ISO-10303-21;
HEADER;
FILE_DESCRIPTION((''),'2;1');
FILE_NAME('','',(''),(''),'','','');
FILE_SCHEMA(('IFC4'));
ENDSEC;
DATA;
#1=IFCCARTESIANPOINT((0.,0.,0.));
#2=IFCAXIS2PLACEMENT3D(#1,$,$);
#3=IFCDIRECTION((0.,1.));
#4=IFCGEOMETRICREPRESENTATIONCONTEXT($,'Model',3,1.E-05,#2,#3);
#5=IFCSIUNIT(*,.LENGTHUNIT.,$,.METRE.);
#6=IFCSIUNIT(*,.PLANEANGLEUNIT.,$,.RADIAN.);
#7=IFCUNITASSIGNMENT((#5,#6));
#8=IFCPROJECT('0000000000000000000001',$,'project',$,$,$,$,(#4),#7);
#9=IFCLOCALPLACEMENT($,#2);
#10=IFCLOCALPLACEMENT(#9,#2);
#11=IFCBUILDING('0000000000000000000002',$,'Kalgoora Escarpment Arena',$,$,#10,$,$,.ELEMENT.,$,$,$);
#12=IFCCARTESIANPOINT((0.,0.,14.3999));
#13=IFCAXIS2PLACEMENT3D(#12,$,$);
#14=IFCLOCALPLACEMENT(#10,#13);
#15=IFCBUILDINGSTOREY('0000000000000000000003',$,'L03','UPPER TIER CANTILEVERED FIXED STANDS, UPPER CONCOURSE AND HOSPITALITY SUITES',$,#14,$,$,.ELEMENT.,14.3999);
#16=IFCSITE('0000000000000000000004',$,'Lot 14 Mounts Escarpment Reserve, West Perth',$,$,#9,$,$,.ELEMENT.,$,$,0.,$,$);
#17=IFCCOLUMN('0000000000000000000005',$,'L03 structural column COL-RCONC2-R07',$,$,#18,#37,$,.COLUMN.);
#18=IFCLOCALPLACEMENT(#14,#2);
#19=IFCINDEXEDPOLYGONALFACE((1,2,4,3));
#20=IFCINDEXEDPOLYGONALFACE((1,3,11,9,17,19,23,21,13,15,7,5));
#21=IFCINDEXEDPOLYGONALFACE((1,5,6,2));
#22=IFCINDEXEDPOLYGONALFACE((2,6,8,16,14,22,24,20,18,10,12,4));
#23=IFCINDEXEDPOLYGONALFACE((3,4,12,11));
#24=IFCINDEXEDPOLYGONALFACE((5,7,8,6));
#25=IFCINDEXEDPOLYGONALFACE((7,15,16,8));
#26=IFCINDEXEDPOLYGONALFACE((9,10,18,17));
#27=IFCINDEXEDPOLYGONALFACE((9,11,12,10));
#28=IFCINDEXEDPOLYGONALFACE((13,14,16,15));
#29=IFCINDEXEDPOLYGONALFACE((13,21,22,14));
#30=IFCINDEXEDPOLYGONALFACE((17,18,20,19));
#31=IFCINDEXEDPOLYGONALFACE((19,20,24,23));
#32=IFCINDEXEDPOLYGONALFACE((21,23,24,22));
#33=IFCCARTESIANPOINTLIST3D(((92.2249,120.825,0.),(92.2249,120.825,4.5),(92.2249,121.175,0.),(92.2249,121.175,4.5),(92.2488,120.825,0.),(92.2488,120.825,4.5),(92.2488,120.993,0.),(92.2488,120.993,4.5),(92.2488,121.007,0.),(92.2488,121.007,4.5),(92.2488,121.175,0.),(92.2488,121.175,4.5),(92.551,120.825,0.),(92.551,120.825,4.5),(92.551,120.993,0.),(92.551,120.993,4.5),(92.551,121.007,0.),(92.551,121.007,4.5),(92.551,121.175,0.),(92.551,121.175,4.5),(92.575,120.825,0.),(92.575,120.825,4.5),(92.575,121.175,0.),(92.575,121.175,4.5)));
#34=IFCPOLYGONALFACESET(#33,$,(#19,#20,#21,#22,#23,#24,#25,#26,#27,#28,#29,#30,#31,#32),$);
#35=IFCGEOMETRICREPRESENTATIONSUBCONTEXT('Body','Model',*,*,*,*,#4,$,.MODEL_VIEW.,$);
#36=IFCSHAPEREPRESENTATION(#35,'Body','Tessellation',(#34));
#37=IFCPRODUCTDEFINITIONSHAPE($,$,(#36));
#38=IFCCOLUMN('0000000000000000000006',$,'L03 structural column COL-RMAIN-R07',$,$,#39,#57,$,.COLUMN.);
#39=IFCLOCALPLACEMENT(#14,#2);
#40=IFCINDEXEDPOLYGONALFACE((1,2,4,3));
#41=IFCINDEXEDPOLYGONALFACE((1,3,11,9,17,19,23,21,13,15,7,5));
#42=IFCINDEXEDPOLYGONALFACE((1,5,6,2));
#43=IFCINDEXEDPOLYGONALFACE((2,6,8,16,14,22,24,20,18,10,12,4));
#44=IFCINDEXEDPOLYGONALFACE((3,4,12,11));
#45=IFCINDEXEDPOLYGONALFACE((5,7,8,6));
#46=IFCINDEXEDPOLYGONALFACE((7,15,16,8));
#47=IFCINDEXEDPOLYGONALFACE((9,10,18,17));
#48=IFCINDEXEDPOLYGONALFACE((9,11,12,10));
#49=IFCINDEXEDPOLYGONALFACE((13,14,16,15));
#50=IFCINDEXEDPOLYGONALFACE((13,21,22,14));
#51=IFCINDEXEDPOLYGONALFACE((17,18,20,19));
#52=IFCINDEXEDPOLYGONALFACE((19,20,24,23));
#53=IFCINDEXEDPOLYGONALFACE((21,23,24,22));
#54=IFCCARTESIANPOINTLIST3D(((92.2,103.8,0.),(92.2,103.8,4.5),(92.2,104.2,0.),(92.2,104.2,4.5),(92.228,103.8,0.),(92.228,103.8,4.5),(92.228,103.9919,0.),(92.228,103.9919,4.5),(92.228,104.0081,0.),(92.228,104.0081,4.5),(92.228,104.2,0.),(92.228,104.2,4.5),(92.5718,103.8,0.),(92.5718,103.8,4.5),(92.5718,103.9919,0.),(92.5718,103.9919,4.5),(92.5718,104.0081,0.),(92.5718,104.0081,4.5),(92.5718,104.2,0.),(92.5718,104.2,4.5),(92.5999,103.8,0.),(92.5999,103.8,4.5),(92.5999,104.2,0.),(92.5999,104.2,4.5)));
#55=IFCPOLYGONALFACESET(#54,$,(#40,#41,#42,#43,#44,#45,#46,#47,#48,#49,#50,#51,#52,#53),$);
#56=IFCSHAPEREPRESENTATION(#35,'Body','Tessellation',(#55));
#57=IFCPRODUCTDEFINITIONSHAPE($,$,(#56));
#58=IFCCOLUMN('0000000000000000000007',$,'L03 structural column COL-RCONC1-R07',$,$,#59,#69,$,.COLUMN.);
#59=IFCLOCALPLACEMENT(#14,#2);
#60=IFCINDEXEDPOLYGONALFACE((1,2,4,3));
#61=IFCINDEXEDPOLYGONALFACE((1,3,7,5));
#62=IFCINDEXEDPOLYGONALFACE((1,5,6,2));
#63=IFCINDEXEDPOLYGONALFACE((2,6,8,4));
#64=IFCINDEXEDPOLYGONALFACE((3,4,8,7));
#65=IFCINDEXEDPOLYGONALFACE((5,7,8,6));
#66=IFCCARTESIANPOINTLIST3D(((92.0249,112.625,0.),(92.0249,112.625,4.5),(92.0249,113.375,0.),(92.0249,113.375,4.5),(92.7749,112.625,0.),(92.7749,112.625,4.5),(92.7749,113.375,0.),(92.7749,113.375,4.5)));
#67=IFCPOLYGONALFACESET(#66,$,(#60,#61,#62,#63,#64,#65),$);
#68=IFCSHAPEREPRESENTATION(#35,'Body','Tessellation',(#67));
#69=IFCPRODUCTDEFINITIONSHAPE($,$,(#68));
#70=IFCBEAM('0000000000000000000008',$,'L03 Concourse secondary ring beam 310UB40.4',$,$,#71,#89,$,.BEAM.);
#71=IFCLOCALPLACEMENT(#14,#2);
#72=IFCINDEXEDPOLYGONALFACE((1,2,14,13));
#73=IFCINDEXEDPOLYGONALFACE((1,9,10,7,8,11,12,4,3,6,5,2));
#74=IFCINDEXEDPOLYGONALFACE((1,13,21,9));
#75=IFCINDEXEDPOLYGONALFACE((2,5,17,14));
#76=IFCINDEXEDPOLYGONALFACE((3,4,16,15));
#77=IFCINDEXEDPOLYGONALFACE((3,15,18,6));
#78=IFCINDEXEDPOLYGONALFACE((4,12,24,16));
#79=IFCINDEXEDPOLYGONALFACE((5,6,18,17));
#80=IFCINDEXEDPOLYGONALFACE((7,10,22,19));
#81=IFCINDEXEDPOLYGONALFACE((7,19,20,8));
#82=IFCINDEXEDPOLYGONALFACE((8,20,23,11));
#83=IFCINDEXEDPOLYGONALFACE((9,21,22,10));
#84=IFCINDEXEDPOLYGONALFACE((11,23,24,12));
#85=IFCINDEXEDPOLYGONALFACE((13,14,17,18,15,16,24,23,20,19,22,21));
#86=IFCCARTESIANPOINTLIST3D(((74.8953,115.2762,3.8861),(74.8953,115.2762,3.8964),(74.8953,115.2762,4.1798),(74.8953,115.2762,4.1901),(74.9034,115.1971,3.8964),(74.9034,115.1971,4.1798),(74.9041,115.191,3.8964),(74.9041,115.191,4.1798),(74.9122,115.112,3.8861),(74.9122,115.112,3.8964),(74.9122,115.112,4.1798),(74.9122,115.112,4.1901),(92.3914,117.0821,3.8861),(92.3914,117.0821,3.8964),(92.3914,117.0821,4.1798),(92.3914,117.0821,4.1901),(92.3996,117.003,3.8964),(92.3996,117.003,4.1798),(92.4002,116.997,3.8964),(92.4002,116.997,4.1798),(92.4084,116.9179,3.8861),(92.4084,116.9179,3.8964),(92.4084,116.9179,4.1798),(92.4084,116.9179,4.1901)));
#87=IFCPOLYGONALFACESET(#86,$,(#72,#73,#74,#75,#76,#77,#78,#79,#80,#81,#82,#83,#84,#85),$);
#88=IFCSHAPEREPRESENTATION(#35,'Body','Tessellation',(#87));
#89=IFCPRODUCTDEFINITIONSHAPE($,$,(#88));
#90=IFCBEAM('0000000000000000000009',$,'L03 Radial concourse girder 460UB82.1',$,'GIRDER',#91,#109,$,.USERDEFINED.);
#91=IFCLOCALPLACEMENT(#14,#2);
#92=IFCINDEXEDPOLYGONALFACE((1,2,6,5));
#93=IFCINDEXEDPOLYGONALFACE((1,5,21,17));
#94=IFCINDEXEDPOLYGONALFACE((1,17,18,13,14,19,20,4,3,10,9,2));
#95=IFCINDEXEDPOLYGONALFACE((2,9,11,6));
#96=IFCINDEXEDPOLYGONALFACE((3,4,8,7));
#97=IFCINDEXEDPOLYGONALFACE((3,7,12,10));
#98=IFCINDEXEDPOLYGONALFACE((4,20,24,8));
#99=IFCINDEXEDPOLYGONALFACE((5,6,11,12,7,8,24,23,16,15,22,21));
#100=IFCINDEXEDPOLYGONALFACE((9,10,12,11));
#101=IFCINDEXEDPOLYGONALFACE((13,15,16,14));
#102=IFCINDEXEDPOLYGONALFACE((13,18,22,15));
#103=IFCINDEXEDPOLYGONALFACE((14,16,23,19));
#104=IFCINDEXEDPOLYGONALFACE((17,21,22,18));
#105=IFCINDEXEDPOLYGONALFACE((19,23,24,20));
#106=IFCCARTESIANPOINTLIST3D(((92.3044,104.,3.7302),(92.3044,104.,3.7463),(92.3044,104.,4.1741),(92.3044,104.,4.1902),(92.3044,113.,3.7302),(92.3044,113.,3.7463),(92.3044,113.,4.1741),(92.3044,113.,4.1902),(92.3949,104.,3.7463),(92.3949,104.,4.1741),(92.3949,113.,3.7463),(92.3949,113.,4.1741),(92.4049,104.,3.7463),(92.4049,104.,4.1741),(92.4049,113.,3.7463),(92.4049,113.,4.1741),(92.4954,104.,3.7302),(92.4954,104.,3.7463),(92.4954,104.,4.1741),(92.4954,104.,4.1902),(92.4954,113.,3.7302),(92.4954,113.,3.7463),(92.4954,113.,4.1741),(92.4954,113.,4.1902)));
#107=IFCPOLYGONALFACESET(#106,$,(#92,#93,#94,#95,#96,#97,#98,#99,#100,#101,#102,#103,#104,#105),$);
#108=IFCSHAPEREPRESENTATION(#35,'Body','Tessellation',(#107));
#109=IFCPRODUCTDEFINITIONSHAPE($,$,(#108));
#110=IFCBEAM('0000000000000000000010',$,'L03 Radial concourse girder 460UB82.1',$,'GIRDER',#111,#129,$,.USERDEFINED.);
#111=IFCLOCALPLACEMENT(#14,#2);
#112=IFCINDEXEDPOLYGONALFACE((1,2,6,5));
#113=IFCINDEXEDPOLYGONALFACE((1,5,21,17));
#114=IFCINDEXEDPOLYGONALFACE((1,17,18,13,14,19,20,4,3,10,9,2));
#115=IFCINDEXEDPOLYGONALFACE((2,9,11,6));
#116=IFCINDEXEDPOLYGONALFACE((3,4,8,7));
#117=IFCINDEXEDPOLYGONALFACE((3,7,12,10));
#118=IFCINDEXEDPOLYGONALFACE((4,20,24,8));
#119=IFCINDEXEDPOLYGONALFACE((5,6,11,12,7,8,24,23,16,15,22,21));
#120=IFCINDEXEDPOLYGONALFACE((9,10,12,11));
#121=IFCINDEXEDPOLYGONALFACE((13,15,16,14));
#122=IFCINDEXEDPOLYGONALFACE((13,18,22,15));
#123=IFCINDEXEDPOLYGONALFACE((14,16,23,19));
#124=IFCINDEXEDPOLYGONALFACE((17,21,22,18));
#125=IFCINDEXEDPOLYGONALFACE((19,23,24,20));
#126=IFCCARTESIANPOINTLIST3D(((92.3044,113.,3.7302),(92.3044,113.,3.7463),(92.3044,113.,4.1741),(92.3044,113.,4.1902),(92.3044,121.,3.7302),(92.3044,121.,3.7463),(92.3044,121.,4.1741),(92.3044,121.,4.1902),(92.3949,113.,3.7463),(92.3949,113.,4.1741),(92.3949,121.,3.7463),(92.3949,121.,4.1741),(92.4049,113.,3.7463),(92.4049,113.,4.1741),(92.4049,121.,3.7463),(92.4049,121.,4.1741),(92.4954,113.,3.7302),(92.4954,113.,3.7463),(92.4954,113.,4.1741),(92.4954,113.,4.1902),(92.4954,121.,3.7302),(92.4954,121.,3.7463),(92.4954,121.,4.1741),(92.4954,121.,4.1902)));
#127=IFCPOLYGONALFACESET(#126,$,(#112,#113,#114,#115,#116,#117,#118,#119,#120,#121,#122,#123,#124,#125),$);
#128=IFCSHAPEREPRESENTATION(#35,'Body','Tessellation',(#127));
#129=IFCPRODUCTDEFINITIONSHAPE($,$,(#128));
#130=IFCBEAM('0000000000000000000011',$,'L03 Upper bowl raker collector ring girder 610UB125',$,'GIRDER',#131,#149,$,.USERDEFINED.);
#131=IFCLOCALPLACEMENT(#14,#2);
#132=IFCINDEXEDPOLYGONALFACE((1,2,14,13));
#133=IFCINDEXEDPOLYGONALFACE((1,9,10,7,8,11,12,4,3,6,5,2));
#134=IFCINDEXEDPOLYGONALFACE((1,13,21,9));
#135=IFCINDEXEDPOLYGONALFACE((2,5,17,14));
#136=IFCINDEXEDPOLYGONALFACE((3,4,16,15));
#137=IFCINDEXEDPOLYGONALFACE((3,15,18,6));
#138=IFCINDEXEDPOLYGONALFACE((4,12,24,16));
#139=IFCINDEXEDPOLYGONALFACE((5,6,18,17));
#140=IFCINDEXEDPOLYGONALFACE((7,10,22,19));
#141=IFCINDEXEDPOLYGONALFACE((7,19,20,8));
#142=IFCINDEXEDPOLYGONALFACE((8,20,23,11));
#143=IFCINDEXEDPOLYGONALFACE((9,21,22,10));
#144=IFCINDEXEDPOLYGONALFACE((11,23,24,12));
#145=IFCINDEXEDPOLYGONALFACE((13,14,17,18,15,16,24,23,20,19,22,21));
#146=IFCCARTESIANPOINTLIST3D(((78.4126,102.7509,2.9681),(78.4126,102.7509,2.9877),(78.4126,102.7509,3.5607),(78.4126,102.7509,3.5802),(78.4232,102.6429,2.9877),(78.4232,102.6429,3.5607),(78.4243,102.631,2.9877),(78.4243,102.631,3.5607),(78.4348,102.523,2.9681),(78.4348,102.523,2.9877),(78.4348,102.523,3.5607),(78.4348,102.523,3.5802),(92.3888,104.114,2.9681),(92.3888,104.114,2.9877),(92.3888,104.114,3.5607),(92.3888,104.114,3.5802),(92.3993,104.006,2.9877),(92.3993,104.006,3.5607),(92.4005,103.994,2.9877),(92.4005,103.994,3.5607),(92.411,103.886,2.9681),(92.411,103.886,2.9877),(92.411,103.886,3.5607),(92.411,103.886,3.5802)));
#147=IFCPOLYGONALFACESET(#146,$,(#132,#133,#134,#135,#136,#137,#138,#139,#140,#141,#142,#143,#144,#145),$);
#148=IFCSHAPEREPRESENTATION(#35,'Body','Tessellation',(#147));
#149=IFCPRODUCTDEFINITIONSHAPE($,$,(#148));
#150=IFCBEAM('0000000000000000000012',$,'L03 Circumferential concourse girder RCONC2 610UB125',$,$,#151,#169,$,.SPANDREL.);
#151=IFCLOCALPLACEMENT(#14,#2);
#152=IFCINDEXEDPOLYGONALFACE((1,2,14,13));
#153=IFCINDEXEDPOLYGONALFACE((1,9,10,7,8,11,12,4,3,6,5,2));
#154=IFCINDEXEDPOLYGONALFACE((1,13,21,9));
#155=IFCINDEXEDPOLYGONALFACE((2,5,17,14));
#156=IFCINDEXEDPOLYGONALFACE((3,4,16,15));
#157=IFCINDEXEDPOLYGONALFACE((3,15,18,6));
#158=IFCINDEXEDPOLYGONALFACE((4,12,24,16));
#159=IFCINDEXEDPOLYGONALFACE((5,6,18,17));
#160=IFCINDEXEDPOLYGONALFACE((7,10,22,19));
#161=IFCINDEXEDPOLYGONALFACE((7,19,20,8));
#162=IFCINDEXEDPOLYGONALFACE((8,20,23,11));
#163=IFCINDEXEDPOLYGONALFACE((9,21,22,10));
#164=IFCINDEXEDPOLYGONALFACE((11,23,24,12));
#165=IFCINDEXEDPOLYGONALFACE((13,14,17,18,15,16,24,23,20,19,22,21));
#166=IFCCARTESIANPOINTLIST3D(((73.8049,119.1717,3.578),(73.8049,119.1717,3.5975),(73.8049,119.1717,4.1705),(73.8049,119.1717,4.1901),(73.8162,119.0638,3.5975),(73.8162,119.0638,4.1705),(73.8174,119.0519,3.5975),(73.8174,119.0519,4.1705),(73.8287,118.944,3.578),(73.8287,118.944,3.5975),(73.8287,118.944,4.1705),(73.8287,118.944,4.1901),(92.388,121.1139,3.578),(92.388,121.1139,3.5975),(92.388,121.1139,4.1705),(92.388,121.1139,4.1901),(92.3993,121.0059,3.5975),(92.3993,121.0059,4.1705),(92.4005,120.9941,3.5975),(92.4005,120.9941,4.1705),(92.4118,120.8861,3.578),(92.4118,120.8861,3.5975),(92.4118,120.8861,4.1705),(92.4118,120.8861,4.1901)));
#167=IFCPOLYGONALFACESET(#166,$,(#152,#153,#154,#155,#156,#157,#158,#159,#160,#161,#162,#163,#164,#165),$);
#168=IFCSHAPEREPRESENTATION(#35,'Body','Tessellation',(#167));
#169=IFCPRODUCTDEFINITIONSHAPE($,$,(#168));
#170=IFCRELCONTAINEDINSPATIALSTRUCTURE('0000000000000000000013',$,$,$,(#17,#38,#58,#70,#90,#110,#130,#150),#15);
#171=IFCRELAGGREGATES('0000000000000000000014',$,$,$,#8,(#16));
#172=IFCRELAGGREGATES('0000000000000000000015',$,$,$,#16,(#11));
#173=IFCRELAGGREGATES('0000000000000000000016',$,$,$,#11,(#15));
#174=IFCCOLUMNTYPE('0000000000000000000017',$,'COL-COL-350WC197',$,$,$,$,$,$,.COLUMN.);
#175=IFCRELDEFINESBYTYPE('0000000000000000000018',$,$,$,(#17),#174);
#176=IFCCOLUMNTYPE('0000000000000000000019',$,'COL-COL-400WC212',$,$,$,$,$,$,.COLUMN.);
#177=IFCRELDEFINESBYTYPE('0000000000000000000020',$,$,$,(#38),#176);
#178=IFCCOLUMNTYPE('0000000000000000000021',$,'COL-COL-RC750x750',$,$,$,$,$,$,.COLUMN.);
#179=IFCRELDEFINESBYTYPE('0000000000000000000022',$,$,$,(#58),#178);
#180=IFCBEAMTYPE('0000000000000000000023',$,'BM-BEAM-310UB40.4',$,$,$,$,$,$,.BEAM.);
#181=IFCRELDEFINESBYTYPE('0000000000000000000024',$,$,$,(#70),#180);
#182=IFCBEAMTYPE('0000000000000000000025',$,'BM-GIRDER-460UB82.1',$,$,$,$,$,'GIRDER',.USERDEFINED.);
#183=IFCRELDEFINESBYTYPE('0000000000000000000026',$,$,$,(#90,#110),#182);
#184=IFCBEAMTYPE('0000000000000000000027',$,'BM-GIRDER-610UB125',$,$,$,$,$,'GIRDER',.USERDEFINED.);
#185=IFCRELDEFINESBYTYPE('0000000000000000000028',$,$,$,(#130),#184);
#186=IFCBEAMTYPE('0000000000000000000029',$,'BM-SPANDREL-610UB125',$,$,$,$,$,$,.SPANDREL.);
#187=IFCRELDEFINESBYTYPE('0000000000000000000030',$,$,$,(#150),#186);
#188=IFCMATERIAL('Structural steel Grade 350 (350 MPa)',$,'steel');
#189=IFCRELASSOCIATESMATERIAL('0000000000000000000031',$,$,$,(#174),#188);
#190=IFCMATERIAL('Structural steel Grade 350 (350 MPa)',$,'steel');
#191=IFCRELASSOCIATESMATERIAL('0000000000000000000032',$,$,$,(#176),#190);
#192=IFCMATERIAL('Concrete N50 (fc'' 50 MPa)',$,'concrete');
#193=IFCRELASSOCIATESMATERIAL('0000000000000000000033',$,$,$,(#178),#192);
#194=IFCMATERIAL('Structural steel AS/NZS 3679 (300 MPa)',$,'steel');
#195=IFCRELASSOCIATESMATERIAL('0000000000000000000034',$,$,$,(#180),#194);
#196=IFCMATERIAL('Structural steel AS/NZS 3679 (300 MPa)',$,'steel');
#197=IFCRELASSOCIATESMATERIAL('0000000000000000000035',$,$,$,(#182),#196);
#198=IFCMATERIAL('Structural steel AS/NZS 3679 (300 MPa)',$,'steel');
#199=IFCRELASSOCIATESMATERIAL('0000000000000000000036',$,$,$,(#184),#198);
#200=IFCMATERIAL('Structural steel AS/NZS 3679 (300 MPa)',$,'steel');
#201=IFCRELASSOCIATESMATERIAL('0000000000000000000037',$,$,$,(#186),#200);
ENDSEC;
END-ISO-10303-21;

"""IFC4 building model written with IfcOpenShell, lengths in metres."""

from ifc_helpers import new_model, si_unit, direction, frame, origin, origin_2d, place, context, subcontext, project, spatial, rectangle, i_section, extrude, material, material_profile, profile_set, type_object, element, save


model = new_model("IFC4")

# Units and contexts
model_context = context("Model", 3, precision=1e-05, world=origin(), true_north=direction((0.0, 1.0)))
body_context = subcontext(model_context, "Body", "Model", "MODEL_VIEW")
ifc_project = project(units=[si_unit("LENGTHUNIT", "METRE"), si_unit("PLANEANGLEUNIT", "RADIAN")], contexts=[model_context])

# Site, building, storey
site_placement = place(None, origin())
site = spatial("IfcSite", under=ifc_project, at=site_placement, Name="Lot 14 Mounts Escarpment Reserve, West Perth", CompositionType="ELEMENT", RefElevation=0.0)
building_placement = place(site_placement, origin())
building = spatial("IfcBuilding", under=site, at=building_placement, Name="Kalgoora Escarpment Arena", CompositionType="ELEMENT")
storey_placement = place(building_placement, frame((0.0, 0.0, 14.3999)))
storey = spatial("IfcBuildingStorey", under=building, at=storey_placement, Name="L03", Description="UPPER TIER CANTILEVERED FIXED STANDS, UPPER CONCOURSE AND HOSPITALITY SUITES", CompositionType="ELEMENT", Elevation=14.3999)

# Columns
ifc_material_1 = material(Name="Structural steel Grade 350 (350 MPa)", Category="steel")
ifc_material_profile_1 = material_profile(ifc_material_1, i_section(OverallWidth=0.3501, OverallDepth=0.3501, WebThickness=0.0139, FlangeThickness=0.0239, at=origin_2d()))
ifc_profile_set_1 = profile_set([ifc_material_profile_1], Name="Structural steel Grade 350 (350 MPa)")
column_type_1 = type_object("IfcColumnType", Name="COL-COL-350WC197", PredefinedType="COLUMN", material=ifc_profile_set_1)
column_1_placement = place(storey_placement, frame((92.3999, 121.0, 0.0), z_axis=(0.0, 0.0, 1.0), x_axis=(0.0, 1.0, 0.0)))
element("IfcColumn", 1, at=column_1_placement, inside=storey, type_object=column_type_1, Name="L03 structural column COL-RCONC2-R07", PredefinedType="COLUMN", context=body_context, shape_type="SweptSolid", body=[
    extrude(i_section(OverallWidth=0.3501, OverallDepth=0.3501, WebThickness=0.0139, FlangeThickness=0.0239, at=origin_2d()), origin(), (0.0, 0.0, 1.0), 4.5),
])
ifc_material_2 = material(Name="Structural steel Grade 350 (350 MPa)", Category="steel")
ifc_material_profile_2 = material_profile(ifc_material_2, i_section(OverallWidth=0.3999, OverallDepth=0.3999, WebThickness=0.0161, FlangeThickness=0.0281, at=origin_2d()))
ifc_profile_set_2 = profile_set([ifc_material_profile_2], Name="Structural steel Grade 350 (350 MPa)")
column_type_2 = type_object("IfcColumnType", Name="COL-COL-400WC212", PredefinedType="COLUMN", material=ifc_profile_set_2)
column_2_placement = place(storey_placement, frame((92.3999, 104.0, 0.0), z_axis=(0.0, 0.0, 1.0), x_axis=(0.0, 1.0, 0.0)))
element("IfcColumn", 2, at=column_2_placement, inside=storey, type_object=column_type_2, Name="L03 structural column COL-RMAIN-R07", PredefinedType="COLUMN", context=body_context, shape_type="SweptSolid", body=[
    extrude(i_section(OverallWidth=0.3999, OverallDepth=0.3999, WebThickness=0.0161, FlangeThickness=0.0281, at=origin_2d()), origin(), (0.0, 0.0, 1.0), 4.5),
])
ifc_material_3 = material(Name="Concrete N50 (fc' 50 MPa)", Category="concrete")
ifc_material_profile_3 = material_profile(ifc_material_3, rectangle(XDim=0.75, YDim=0.75, at=origin_2d()))
ifc_profile_set_3 = profile_set([ifc_material_profile_3], Name="Concrete N50 (fc' 50 MPa)")
column_type_3 = type_object("IfcColumnType", Name="COL-COL-RC750x750", PredefinedType="COLUMN", material=ifc_profile_set_3)
column_3_placement = place(storey_placement, frame((92.3999, 113.0, 0.0), z_axis=(0.0, 0.0, 1.0), x_axis=(0.0, 1.0, 0.0)))
element("IfcColumn", 3, at=column_3_placement, inside=storey, type_object=column_type_3, Name="L03 structural column COL-RCONC1-R07", PredefinedType="COLUMN", context=body_context, shape_type="SweptSolid", body=[
    extrude(rectangle(XDim=0.75, YDim=0.75, at=origin_2d()), origin(), (0.0, 0.0, 1.0), 4.5),
])

# Beams
ifc_material_4 = material(Name="Structural steel AS/NZS 3679 (300 MPa)", Category="steel")
ifc_material_profile_4 = material_profile(ifc_material_4, i_section(OverallWidth=0.165, OverallDepth=0.304, WebThickness=0.0061, FlangeThickness=0.0103, at=origin_2d()))
ifc_profile_set_4 = profile_set([ifc_material_profile_4], Name="Structural steel AS/NZS 3679 (300 MPa)")
beam_type_1 = type_object("IfcBeamType", Name="BM-BEAM-310UB40.4", PredefinedType="BEAM", material=ifc_profile_set_4)
beam_1_placement = place(storey_placement, frame((92.3999, 117.0, 4.0381), z_axis=(-0.994715, -0.102672, 0.0), x_axis=(0.102672, -0.994715, 0.0)))
element("IfcBeam", 4, at=beam_1_placement, inside=storey, type_object=beam_type_1, Name="L03 Concourse secondary ring beam 310UB40.4", PredefinedType="BEAM", context=body_context, shape_type="SweptSolid", body=[
    extrude(i_section(OverallWidth=0.165, OverallDepth=0.304, WebThickness=0.0061, FlangeThickness=0.0103, at=origin_2d()), origin(), (0.0, 0.0, 1.0), 17.5891),
])
ifc_material_5 = material(Name="Structural steel AS/NZS 3679 (300 MPa)", Category="steel")
ifc_material_profile_5 = material_profile(ifc_material_5, i_section(OverallWidth=0.1909, OverallDepth=0.46, WebThickness=0.01, FlangeThickness=0.0161, at=origin_2d()))
ifc_profile_set_5 = profile_set([ifc_material_profile_5], Name="Structural steel AS/NZS 3679 (300 MPa)")
beam_type_2 = type_object("IfcBeamType", Name="BM-GIRDER-460UB82.1", ElementType="GIRDER", PredefinedType="USERDEFINED", material=ifc_profile_set_5)
beam_2_placement = place(storey_placement, frame((92.3999, 104.0, 3.9602), z_axis=(0.0, 1.0, 0.0), x_axis=(-1.0, 0.0, 0.0)))
element("IfcBeam", 5, at=beam_2_placement, inside=storey, type_object=beam_type_2, Name="L03 Radial concourse girder 460UB82.1", ObjectType="GIRDER", PredefinedType="USERDEFINED", context=body_context, shape_type="SweptSolid", body=[
    extrude(i_section(OverallWidth=0.1909, OverallDepth=0.46, WebThickness=0.01, FlangeThickness=0.0161, at=origin_2d()), origin(), (0.0, 0.0, 1.0), 9.0),
])
beam_3_placement = place(storey_placement, frame((92.3999, 113.0, 3.9602), z_axis=(0.0, 1.0, 0.0), x_axis=(-1.0, 0.0, 0.0)))
element("IfcBeam", 6, at=beam_3_placement, inside=storey, type_object=beam_type_2, Name="L03 Radial concourse girder 460UB82.1", ObjectType="GIRDER", PredefinedType="USERDEFINED", context=body_context, shape_type="SweptSolid", body=[
    extrude(i_section(OverallWidth=0.1909, OverallDepth=0.46, WebThickness=0.01, FlangeThickness=0.0161, at=origin_2d()), origin(), (0.0, 0.0, 1.0), 8.0),
])
ifc_material_6 = material(Name="Structural steel AS/NZS 3679 (300 MPa)", Category="steel")
ifc_material_profile_6 = material_profile(ifc_material_6, i_section(OverallWidth=0.229, OverallDepth=0.6121, WebThickness=0.012, FlangeThickness=0.0195, at=origin_2d()))
ifc_profile_set_6 = profile_set([ifc_material_profile_6], Name="Structural steel AS/NZS 3679 (300 MPa)")
beam_type_3 = type_object("IfcBeamType", Name="BM-GIRDER-610UB125", ElementType="GIRDER", PredefinedType="USERDEFINED", material=ifc_profile_set_6)
beam_4_placement = place(storey_placement, frame((92.3999, 104.0, 3.2742), z_axis=(-0.995278, -0.097066, 0.0), x_axis=(0.097066, -0.995278, 0.0)))
element("IfcBeam", 7, at=beam_4_placement, inside=storey, type_object=beam_type_3, Name="L03 Upper bowl raker collector ring girder 610UB125", ObjectType="GIRDER", PredefinedType="USERDEFINED", context=body_context, shape_type="SweptSolid", body=[
    extrude(i_section(OverallWidth=0.229, OverallDepth=0.6121, WebThickness=0.012, FlangeThickness=0.0195, at=origin_2d()), origin(), (0.0, 0.0, 1.0), 14.0425),
])
ifc_material_7 = material(Name="Structural steel AS/NZS 3679 (300 MPa)", Category="steel")
ifc_material_profile_7 = material_profile(ifc_material_7, i_section(OverallWidth=0.229, OverallDepth=0.6121, WebThickness=0.012, FlangeThickness=0.0195, at=origin_2d()))
ifc_profile_set_7 = profile_set([ifc_material_profile_7], Name="Structural steel AS/NZS 3679 (300 MPa)")
beam_type_4 = type_object("IfcBeamType", Name="BM-SPANDREL-610UB125", PredefinedType="SPANDREL", material=ifc_profile_set_7)
beam_5_placement = place(storey_placement, frame((92.3999, 121.0, 3.884), z_axis=(-0.994583, -0.103945, 0.0), x_axis=(0.103945, -0.994583, 0.0)))
element("IfcBeam", 8, at=beam_5_placement, inside=storey, type_object=beam_type_4, Name="L03 Circumferential concourse girder RCONC2 610UB125", PredefinedType="SPANDREL", context=body_context, shape_type="SweptSolid", body=[
    extrude(i_section(OverallWidth=0.229, OverallDepth=0.6121, WebThickness=0.012, FlangeThickness=0.0195, at=origin_2d()), origin(), (0.0, 0.0, 1.0), 18.6843),
])

save(model, "model.ifc")
